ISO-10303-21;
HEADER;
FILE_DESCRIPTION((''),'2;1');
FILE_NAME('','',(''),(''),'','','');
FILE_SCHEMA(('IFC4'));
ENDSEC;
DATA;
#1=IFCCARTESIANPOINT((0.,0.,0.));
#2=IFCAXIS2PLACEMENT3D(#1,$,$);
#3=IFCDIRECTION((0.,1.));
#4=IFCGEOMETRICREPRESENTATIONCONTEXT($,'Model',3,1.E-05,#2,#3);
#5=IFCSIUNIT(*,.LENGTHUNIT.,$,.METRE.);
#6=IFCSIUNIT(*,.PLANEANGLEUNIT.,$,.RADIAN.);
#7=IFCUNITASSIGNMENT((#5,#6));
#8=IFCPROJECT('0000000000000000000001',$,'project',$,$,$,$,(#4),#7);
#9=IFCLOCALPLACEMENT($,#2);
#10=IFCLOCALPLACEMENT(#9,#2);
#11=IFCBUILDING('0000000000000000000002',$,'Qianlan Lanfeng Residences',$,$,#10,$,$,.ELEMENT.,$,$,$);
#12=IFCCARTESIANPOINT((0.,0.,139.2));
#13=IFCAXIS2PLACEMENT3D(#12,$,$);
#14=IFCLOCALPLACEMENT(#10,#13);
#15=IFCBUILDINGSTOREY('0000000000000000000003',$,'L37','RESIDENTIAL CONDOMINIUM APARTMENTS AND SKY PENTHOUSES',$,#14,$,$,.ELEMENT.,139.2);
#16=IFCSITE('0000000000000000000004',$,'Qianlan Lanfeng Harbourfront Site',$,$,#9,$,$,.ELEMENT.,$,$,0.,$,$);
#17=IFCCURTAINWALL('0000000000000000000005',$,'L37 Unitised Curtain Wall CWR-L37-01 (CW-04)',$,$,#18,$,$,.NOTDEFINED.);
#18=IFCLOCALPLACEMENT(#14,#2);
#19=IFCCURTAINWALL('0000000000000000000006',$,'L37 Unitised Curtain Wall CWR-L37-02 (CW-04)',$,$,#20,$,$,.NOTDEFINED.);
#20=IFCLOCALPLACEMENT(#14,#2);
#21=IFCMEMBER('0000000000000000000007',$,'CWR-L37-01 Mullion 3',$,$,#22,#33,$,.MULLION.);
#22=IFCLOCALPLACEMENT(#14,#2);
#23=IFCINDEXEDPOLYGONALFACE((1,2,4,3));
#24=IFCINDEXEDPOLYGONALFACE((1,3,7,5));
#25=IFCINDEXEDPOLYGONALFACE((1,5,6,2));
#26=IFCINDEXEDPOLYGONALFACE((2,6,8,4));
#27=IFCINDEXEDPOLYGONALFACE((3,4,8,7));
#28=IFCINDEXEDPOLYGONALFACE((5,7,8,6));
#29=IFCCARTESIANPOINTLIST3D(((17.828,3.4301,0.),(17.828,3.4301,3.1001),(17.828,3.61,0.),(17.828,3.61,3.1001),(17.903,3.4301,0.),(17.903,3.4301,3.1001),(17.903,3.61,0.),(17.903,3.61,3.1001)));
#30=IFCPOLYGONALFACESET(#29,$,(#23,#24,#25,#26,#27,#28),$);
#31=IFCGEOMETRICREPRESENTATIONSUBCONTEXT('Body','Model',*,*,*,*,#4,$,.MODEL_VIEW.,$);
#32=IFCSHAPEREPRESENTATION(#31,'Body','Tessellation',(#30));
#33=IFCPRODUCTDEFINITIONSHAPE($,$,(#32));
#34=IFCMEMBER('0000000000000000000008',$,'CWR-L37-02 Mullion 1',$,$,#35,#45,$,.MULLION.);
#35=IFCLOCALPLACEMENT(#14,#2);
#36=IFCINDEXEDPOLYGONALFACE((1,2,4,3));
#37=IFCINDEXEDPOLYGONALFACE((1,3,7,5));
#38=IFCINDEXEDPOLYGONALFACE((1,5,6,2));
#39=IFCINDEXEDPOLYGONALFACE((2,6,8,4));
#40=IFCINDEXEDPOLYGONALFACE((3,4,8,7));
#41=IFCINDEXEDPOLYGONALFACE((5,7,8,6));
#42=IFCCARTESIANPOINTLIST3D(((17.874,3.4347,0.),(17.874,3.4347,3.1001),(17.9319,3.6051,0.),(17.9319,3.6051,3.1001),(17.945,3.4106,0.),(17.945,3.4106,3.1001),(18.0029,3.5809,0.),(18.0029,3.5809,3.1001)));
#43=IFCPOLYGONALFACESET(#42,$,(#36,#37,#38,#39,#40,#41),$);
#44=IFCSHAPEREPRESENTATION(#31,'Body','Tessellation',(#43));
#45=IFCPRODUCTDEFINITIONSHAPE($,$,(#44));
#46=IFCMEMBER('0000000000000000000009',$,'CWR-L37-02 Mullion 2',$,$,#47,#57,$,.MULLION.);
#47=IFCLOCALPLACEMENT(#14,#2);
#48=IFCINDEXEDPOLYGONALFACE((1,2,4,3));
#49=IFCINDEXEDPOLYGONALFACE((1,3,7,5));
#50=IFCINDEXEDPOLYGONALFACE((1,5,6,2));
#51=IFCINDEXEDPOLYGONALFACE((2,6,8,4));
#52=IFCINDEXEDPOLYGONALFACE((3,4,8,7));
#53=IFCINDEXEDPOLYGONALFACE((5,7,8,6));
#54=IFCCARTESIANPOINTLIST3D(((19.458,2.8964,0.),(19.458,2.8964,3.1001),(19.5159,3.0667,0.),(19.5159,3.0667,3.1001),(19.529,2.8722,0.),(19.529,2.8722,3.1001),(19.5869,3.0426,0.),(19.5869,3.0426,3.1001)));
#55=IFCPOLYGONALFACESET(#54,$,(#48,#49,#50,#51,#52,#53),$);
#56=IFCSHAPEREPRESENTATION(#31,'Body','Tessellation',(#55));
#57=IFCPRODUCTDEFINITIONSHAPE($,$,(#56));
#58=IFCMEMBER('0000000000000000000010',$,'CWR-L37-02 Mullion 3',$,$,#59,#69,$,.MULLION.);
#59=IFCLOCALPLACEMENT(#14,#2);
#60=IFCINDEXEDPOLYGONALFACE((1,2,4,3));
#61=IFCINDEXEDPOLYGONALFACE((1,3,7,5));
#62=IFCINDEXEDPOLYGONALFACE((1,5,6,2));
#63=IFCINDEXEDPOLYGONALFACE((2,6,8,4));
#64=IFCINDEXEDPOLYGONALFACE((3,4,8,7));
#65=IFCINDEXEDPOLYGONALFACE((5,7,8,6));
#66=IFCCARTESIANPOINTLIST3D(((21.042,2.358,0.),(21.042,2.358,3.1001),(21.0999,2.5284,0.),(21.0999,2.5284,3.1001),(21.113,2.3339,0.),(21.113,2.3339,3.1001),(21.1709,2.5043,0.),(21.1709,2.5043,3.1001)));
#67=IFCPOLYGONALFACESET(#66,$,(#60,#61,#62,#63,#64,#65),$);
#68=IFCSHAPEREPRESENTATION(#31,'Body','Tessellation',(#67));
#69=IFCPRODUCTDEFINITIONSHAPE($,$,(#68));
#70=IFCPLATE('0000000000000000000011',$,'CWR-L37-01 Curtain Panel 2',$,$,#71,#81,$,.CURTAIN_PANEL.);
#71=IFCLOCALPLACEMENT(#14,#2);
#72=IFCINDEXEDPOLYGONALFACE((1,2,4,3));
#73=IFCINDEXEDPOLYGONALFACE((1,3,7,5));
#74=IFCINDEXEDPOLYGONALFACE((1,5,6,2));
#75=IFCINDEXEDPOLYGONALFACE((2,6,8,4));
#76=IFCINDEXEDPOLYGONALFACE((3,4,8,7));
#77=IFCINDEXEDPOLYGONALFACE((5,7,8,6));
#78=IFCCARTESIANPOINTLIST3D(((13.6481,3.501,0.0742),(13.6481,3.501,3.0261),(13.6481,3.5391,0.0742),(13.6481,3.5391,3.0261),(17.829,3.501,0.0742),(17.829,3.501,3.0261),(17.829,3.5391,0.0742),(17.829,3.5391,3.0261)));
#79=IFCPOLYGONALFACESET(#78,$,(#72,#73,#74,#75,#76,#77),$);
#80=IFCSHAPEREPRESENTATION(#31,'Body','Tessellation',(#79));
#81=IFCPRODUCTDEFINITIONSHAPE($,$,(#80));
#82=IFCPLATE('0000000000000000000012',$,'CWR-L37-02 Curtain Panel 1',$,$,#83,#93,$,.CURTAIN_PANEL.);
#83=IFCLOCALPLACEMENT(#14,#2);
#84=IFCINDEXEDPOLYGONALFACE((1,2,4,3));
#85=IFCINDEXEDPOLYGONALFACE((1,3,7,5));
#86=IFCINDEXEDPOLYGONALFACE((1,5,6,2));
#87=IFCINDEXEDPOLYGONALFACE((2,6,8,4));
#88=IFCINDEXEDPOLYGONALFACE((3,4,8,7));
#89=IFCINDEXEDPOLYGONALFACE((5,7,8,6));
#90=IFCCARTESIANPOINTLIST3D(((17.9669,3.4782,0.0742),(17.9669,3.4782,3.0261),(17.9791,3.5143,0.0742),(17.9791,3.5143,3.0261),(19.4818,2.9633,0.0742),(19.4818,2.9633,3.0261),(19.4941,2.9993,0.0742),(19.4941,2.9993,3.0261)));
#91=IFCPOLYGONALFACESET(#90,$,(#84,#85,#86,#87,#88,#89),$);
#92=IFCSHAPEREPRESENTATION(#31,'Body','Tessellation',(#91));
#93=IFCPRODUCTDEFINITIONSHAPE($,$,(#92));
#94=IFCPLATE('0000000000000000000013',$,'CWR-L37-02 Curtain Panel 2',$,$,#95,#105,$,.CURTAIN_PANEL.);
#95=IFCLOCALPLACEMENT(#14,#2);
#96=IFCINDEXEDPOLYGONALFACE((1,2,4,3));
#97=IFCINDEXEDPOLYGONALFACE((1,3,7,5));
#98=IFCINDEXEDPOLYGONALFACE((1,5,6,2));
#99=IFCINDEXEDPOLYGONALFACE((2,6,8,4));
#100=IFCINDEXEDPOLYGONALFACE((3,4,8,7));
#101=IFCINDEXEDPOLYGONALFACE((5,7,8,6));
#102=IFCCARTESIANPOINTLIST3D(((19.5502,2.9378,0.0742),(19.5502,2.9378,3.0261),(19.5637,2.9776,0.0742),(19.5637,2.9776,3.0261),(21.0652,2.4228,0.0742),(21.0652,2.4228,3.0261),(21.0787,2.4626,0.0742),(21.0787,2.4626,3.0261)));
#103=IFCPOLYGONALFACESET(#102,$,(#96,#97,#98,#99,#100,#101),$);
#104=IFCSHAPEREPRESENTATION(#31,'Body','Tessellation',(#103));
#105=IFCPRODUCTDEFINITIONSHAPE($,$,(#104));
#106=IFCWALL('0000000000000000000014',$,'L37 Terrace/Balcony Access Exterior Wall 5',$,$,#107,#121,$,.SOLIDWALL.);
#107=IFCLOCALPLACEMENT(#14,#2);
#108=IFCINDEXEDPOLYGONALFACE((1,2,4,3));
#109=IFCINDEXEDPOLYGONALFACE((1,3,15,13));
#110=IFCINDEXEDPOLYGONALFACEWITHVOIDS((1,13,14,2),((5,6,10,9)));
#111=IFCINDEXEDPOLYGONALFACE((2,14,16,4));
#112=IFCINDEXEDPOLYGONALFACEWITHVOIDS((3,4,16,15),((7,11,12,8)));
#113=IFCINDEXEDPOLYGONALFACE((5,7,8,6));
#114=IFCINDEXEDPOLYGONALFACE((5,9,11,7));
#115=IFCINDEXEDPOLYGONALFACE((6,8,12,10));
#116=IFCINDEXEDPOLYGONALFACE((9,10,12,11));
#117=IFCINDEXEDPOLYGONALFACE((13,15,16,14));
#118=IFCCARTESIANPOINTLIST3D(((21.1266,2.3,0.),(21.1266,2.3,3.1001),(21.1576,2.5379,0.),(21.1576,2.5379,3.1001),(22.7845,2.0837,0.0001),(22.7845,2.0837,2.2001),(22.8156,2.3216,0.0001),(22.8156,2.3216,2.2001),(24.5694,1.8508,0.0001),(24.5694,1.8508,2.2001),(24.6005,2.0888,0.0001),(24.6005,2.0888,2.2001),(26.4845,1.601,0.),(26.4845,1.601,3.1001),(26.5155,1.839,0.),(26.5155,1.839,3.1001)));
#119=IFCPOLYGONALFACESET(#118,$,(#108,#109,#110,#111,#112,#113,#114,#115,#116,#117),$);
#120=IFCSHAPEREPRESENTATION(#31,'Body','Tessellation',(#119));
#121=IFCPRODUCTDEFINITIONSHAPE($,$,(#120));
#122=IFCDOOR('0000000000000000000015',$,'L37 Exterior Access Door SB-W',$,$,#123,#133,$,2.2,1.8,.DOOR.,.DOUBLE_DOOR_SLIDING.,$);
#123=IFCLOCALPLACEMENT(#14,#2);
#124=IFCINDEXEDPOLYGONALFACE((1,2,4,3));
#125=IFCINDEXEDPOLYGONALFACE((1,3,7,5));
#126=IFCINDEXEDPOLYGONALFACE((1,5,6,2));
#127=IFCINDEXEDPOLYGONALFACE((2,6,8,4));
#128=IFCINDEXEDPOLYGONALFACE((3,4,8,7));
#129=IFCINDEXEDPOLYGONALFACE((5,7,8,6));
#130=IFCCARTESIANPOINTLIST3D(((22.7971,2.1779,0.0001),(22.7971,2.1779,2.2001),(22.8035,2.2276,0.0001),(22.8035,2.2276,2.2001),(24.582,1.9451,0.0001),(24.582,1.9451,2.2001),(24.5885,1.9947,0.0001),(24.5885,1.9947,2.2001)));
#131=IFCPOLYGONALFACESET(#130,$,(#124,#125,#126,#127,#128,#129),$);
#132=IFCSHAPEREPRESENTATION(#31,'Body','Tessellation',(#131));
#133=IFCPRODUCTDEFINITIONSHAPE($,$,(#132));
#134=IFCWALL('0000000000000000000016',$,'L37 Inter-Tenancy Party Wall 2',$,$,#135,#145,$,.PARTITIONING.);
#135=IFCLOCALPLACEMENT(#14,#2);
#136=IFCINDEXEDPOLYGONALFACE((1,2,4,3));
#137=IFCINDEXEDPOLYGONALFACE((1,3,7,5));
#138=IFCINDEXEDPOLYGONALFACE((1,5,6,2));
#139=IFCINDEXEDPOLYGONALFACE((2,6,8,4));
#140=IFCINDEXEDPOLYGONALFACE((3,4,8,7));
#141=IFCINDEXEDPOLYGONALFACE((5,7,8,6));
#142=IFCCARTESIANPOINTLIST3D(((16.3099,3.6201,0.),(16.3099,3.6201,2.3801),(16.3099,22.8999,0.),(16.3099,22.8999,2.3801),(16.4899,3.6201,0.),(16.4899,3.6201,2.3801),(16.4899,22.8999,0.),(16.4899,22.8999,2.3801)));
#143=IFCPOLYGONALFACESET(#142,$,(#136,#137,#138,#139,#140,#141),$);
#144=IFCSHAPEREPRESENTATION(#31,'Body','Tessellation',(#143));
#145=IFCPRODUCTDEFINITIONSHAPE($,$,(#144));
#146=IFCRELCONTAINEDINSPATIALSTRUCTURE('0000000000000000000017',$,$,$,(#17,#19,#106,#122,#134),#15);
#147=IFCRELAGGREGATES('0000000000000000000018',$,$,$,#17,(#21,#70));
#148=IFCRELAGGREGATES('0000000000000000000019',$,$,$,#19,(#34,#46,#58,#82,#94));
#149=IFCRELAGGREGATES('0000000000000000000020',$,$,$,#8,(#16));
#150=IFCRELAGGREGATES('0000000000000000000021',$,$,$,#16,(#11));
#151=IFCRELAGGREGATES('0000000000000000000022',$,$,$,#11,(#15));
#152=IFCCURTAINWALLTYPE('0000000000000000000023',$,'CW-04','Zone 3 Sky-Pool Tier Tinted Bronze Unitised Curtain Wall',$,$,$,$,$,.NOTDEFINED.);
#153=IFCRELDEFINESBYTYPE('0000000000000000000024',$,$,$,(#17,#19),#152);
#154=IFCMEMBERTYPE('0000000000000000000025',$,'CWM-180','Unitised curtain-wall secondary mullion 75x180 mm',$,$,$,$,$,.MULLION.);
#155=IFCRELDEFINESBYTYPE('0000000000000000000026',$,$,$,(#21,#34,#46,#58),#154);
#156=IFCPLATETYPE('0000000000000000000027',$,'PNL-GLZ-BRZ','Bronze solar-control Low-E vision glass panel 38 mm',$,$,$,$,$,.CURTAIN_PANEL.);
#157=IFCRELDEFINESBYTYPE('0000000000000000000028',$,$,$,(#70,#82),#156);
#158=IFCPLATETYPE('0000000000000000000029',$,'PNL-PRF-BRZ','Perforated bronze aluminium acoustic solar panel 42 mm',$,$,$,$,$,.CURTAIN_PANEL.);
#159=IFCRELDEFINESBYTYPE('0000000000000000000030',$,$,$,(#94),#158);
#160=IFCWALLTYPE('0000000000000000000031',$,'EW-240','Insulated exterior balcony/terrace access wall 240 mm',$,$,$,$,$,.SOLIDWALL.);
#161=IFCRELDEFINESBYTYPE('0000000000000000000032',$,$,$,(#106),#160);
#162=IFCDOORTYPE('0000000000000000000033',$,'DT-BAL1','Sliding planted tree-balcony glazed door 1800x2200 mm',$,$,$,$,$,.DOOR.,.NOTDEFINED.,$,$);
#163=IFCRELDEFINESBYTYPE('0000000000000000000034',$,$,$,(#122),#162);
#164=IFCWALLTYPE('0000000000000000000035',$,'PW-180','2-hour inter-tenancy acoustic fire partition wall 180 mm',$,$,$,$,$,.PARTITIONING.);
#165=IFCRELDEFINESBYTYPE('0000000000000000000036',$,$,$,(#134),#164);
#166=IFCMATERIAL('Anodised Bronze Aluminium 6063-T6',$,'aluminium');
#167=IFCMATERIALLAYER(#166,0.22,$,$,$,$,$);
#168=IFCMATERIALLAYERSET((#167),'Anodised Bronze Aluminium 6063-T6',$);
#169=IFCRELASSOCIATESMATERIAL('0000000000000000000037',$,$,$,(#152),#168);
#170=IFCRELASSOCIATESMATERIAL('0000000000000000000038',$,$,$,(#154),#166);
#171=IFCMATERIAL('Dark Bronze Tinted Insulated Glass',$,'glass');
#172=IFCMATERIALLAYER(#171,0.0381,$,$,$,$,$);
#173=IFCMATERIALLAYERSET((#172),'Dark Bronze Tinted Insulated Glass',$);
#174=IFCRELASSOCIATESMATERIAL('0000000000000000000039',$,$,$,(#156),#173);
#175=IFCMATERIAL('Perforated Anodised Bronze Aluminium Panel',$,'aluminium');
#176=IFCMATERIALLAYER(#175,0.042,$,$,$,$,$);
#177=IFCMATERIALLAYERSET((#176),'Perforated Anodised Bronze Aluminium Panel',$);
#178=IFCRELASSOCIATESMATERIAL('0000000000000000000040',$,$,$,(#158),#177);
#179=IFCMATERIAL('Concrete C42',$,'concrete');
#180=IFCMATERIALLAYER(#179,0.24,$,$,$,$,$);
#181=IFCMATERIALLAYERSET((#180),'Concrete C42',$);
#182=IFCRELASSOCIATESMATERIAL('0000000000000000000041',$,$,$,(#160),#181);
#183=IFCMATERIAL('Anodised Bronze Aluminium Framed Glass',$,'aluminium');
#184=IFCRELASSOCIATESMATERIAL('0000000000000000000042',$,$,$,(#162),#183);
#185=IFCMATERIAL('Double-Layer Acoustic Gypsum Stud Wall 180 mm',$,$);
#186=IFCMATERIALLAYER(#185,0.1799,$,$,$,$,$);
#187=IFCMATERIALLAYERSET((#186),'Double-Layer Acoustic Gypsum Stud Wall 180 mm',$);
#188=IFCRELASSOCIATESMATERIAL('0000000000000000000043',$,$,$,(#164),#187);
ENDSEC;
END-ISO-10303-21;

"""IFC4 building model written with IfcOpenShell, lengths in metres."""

from ifc_helpers import new_model, si_unit, direction, frame, frame_2d, origin, origin_2d, place, context, subcontext, project, spatial, rectangle, extrude, source, transform, mapped, material, layer, layer_set, material_profile, profile_set, type_object, element, fill, aggregate, save


model = new_model("IFC4")

# Units and contexts
model_context = context("Model", 3, precision=1e-05, world=origin(), true_north=direction((0.0, 1.0)))
body_context = subcontext(model_context, "Body", "Model", "MODEL_VIEW")
ifc_project = project(units=[si_unit("LENGTHUNIT", "METRE"), si_unit("PLANEANGLEUNIT", "RADIAN")], contexts=[model_context])

# Site, building, storey
site_placement = place(None, origin())
site = spatial("IfcSite", under=ifc_project, at=site_placement, Name="Qianlan Lanfeng Harbourfront Site", CompositionType="ELEMENT", RefElevation=0.0)
building_placement = place(site_placement, origin())
building = spatial("IfcBuilding", under=site, at=building_placement, Name="Qianlan Lanfeng Residences", CompositionType="ELEMENT")
storey_placement = place(building_placement, frame((0.0, 0.0, 139.2)))
storey = spatial("IfcBuildingStorey", under=building, at=storey_placement, Name="L37", Description="RESIDENTIAL CONDOMINIUM APARTMENTS AND SKY PENTHOUSES", CompositionType="ELEMENT", Elevation=139.2)

# Curtain wall
ifc_material_1 = material(Name="Anodised Bronze Aluminium 6063-T6", Category="aluminium")
ifc_layer_1 = layer(ifc_material_1, 0.22)
ifc_layer_set_1 = layer_set([ifc_layer_1], Name="Anodised Bronze Aluminium 6063-T6")
curtain_wall_type = type_object("IfcCurtainWallType", Name="CW-04", Description="Zone 3 Sky-Pool Tier Tinted Bronze Unitised Curtain Wall", PredefinedType="NOTDEFINED", material=ifc_layer_set_1)
curtain_wall_1_placement = place(storey_placement, origin())
curtain_wall_1 = element("IfcCurtainWall", 1, at=curtain_wall_1_placement, inside=storey, type_object=curtain_wall_type, Name="L37 Unitised Curtain Wall CWR-L37-01 (CW-04)", PredefinedType="NOTDEFINED")

# Curtain wall
curtain_wall_2_placement = place(storey_placement, origin())
curtain_wall_2 = element("IfcCurtainWall", 2, at=curtain_wall_2_placement, inside=storey, type_object=curtain_wall_type, Name="L37 Unitised Curtain Wall CWR-L37-02 (CW-04)", PredefinedType="NOTDEFINED")

# Members
ifc_material_profile_1 = material_profile(ifc_material_1, rectangle(XDim=0.075, YDim=0.1799, at=origin_2d()), Name="ALU MULLION 75x180")
ifc_profile_set_1 = profile_set([ifc_material_profile_1], Name="Anodised Bronze Aluminium 6063-T6")
member_type_1 = type_object("IfcMemberType", Name="CWM-180", Description="Unitised curtain-wall secondary mullion 75x180 mm", PredefinedType="MULLION", material=ifc_profile_set_1)
shared_shape_1 = source(origin(), body_context, "Body", "SweptSolid", [
    extrude(rectangle(XDim=0.075, YDim=0.1799, at=origin_2d()), origin(), (0.0, 0.0, 1.0), 3.1001),
])
member_1_placement = place(storey_placement, frame((17.8655, 3.52, 0.0), z_axis=(0.0, 0.0, 1.0), x_axis=(1.0, 0.0, 0.0)))
member_1 = element("IfcMember", 3, at=member_1_placement, type_object=member_type_1, Name="CWR-L37-01 Mullion 3", PredefinedType="MULLION", context=body_context, shape_type="MappedRepresentation", body=[
    mapped(shared_shape_1, transform((0.0, 0.0, 0.0), scale=1.0)),
])
member_2_placement = place(storey_placement, frame((17.9385, 3.5078, 0.0), z_axis=(0.0, 0.0, 1.0), x_axis=(0.946796, -0.321834, 0.0)))
member_2 = element("IfcMember", 4, at=member_2_placement, type_object=member_type_1, Name="CWR-L37-02 Mullion 1", PredefinedType="MULLION", context=body_context, shape_type="MappedRepresentation", body=[
    mapped(shared_shape_1, transform((0.0, 0.0, 0.0), scale=1.0)),
])
member_3_placement = place(storey_placement, frame((19.5225, 2.9695, 0.0), z_axis=(0.0, 0.0, 1.0), x_axis=(0.946796, -0.321834, 0.0)))
member_3 = element("IfcMember", 5, at=member_3_placement, type_object=member_type_1, Name="CWR-L37-02 Mullion 2", PredefinedType="MULLION", context=body_context, shape_type="MappedRepresentation", body=[
    mapped(shared_shape_1, transform((0.0, 0.0, 0.0), scale=1.0)),
])
member_4_placement = place(storey_placement, frame((21.1064, 2.4312, 0.0), z_axis=(0.0, 0.0, 1.0), x_axis=(0.946796, -0.321834, 0.0)))
member_4 = element("IfcMember", 6, at=member_4_placement, type_object=member_type_1, Name="CWR-L37-02 Mullion 3", PredefinedType="MULLION", context=body_context, shape_type="MappedRepresentation", body=[
    mapped(shared_shape_1, transform((0.0, 0.0, 0.0), scale=1.0)),
])

# Plates
ifc_material_2 = material(Name="Dark Bronze Tinted Insulated Glass", Category="glass")
ifc_layer_2 = layer(ifc_material_2, 0.0381)
ifc_layer_set_2 = layer_set([ifc_layer_2], Name="Dark Bronze Tinted Insulated Glass")
plate_type_1 = type_object("IfcPlateType", Name="PNL-GLZ-BRZ", Description="Bronze solar-control Low-E vision glass panel 38 mm", PredefinedType="CURTAIN_PANEL", material=ifc_layer_set_2)
shared_shape_2 = source(origin(), body_context, "Body", "SweptSolid", [
    extrude(rectangle(XDim=4.1809, YDim=0.0381, at=origin_2d()), origin(), (0.0, 0.0, 1.0), 2.9519),
])
plate_1_placement = place(storey_placement, frame((15.7385, 3.52, 0.0742), z_axis=(0.0, 0.0, 1.0), x_axis=(1.0, 0.0, 0.0)))
plate_1 = element("IfcPlate", 7, at=plate_1_placement, type_object=plate_type_1, Name="CWR-L37-01 Curtain Panel 2", PredefinedType="CURTAIN_PANEL", context=body_context, shape_type="MappedRepresentation", body=[
    mapped(shared_shape_2, transform((0.0, 0.0, 0.0), scale=1.0)),
])
aggregate(curtain_wall_1, [member_1, plate_1])
shared_shape_3 = source(origin(), body_context, "Body", "SweptSolid", [
    extrude(rectangle(XDim=1.6001, YDim=0.0381, at=origin_2d()), origin(), (0.0, 0.0, 1.0), 2.9519),
])
plate_2_placement = place(storey_placement, frame((18.7305, 3.2388, 0.0742), z_axis=(0.0, 0.0, 1.0), x_axis=(0.946796, -0.321834, 0.0)))
plate_2 = element("IfcPlate", 8, at=plate_2_placement, type_object=plate_type_1, Name="CWR-L37-02 Curtain Panel 1", PredefinedType="CURTAIN_PANEL", context=body_context, shape_type="MappedRepresentation", body=[
    mapped(shared_shape_3, transform((0.0, 0.0, 0.0), scale=1.0)),
])
ifc_material_3 = material(Name="Perforated Anodised Bronze Aluminium Panel", Category="aluminium")
ifc_layer_3 = layer(ifc_material_3, 0.042)
ifc_layer_set_3 = layer_set([ifc_layer_3], Name="Perforated Anodised Bronze Aluminium Panel")
plate_type_2 = type_object("IfcPlateType", Name="PNL-PRF-BRZ", Description="Perforated bronze aluminium acoustic solar panel 42 mm", PredefinedType="CURTAIN_PANEL", material=ifc_layer_set_3)
shared_shape_4 = source(origin(), body_context, "Body", "SweptSolid", [
    extrude(rectangle(XDim=1.6001, YDim=0.042, at=origin_2d()), origin(), (0.0, 0.0, 1.0), 2.9519),
])
plate_3_placement = place(storey_placement, frame((20.3145, 2.7002, 0.0742), z_axis=(0.0, 0.0, 1.0), x_axis=(0.946796, -0.321834, 0.0)))
plate_3 = element("IfcPlate", 9, at=plate_3_placement, type_object=plate_type_2, Name="CWR-L37-02 Curtain Panel 2", PredefinedType="CURTAIN_PANEL", context=body_context, shape_type="MappedRepresentation", body=[
    mapped(shared_shape_4, transform((0.0, 0.0, 0.0), scale=1.0)),
])
aggregate(curtain_wall_2, [member_2, member_3, member_4, plate_2, plate_3])

# Wall, opening, door
ifc_material_4 = material(Name="Concrete C42", Category="concrete")
ifc_layer_4 = layer(ifc_material_4, 0.24)
ifc_layer_set_4 = layer_set([ifc_layer_4], Name="Concrete C42")
wall_type_1 = type_object("IfcWallType", Name="EW-240", Description="Insulated exterior balcony/terrace access wall 240 mm", PredefinedType="SOLIDWALL", material=ifc_layer_set_4)
wall_1_placement = place(storey_placement, frame((21.1421, 2.4189, 0.0), z_axis=(0.0, 0.0, 1.0), x_axis=(0.991598, -0.12936, 0.0)))
wall_1 = element("IfcWall", 10, at=wall_1_placement, inside=storey, type_object=wall_type_1, Name="L37 Terrace/Balcony Access Exterior Wall 5", PredefinedType="SOLIDWALL", context=body_context, shape_type="SweptSolid", body=[
    extrude(rectangle(XDim=5.4033, YDim=0.24, at=frame_2d((2.7017, 0.0))), origin(), (0.0, 0.0, 1.0), 3.1001),
])
opening_placement = place(wall_1_placement, frame((1.6721, 0.0, 0.0)))
opening = element("IfcOpeningElement", 11, at=opening_placement, cuts=wall_1, PredefinedType="OPENING", context=body_context, shape_type="SweptSolid", body=[
    extrude(rectangle(XDim=1.8, YDim=2.2, at=frame_2d((0.8999, 1.1001))), frame((0.0, 0.1299, 0.0), z_axis=(0.0, -1.0, 0.0), x_axis=(1.0, 0.0, 0.0)), (0.0, 0.0, 1.0), 0.26),
])
ifc_material_5 = material(Name="Anodised Bronze Aluminium Framed Glass", Category="aluminium")
door_type = type_object("IfcDoorType", Name="DT-BAL1", Description="Sliding planted tree-balcony glazed door 1800x2200 mm", OperationType="NOTDEFINED", PredefinedType="DOOR", material=ifc_material_5)
door_placement = place(opening_placement, frame((1.8, 0.0, 0.0), z_axis=(0.0, 0.0, 1.0), x_axis=(-1.0, 0.0, 0.0)))
door = element("IfcDoor", 12, at=door_placement, inside=storey, type_object=door_type, Name="L37 Exterior Access Door SB-W", OperationType="DOUBLE_DOOR_SLIDING", OverallHeight=2.2, OverallWidth=1.8, PredefinedType="DOOR", context=body_context, shape_type="SweptSolid", body=[
    extrude(rectangle(XDim=1.8, YDim=2.2, at=frame_2d((0.8999, 1.1001))), frame((0.0, 0.0249, 0.0), z_axis=(0.0, -1.0, 0.0), x_axis=(1.0, 0.0, 0.0)), (0.0, 0.0, 1.0), 0.05),
])
fill(opening, door)

# Wall
ifc_material_6 = material(Name="Double-Layer Acoustic Gypsum Stud Wall 180 mm")
ifc_layer_5 = layer(ifc_material_6, 0.1799)
ifc_layer_set_5 = layer_set([ifc_layer_5], Name="Double-Layer Acoustic Gypsum Stud Wall 180 mm")
wall_type_2 = type_object("IfcWallType", Name="PW-180", Description="2-hour inter-tenancy acoustic fire partition wall 180 mm", PredefinedType="PARTITIONING", material=ifc_layer_set_5)
wall_2_placement = place(storey_placement, frame((16.3999, 3.6201, 0.0), z_axis=(0.0, 0.0, 1.0), x_axis=(0.0, 1.0, 0.0)))
element("IfcWall", 13, at=wall_2_placement, inside=storey, type_object=wall_type_2, Name="L37 Inter-Tenancy Party Wall 2", PredefinedType="PARTITIONING", context=body_context, shape_type="SweptSolid", body=[
    extrude(rectangle(XDim=19.2798, YDim=0.1799, at=frame_2d((9.6399, 0.0))), origin(), (0.0, 0.0, 1.0), 2.3801),
])

save(model, "model.ifc")
